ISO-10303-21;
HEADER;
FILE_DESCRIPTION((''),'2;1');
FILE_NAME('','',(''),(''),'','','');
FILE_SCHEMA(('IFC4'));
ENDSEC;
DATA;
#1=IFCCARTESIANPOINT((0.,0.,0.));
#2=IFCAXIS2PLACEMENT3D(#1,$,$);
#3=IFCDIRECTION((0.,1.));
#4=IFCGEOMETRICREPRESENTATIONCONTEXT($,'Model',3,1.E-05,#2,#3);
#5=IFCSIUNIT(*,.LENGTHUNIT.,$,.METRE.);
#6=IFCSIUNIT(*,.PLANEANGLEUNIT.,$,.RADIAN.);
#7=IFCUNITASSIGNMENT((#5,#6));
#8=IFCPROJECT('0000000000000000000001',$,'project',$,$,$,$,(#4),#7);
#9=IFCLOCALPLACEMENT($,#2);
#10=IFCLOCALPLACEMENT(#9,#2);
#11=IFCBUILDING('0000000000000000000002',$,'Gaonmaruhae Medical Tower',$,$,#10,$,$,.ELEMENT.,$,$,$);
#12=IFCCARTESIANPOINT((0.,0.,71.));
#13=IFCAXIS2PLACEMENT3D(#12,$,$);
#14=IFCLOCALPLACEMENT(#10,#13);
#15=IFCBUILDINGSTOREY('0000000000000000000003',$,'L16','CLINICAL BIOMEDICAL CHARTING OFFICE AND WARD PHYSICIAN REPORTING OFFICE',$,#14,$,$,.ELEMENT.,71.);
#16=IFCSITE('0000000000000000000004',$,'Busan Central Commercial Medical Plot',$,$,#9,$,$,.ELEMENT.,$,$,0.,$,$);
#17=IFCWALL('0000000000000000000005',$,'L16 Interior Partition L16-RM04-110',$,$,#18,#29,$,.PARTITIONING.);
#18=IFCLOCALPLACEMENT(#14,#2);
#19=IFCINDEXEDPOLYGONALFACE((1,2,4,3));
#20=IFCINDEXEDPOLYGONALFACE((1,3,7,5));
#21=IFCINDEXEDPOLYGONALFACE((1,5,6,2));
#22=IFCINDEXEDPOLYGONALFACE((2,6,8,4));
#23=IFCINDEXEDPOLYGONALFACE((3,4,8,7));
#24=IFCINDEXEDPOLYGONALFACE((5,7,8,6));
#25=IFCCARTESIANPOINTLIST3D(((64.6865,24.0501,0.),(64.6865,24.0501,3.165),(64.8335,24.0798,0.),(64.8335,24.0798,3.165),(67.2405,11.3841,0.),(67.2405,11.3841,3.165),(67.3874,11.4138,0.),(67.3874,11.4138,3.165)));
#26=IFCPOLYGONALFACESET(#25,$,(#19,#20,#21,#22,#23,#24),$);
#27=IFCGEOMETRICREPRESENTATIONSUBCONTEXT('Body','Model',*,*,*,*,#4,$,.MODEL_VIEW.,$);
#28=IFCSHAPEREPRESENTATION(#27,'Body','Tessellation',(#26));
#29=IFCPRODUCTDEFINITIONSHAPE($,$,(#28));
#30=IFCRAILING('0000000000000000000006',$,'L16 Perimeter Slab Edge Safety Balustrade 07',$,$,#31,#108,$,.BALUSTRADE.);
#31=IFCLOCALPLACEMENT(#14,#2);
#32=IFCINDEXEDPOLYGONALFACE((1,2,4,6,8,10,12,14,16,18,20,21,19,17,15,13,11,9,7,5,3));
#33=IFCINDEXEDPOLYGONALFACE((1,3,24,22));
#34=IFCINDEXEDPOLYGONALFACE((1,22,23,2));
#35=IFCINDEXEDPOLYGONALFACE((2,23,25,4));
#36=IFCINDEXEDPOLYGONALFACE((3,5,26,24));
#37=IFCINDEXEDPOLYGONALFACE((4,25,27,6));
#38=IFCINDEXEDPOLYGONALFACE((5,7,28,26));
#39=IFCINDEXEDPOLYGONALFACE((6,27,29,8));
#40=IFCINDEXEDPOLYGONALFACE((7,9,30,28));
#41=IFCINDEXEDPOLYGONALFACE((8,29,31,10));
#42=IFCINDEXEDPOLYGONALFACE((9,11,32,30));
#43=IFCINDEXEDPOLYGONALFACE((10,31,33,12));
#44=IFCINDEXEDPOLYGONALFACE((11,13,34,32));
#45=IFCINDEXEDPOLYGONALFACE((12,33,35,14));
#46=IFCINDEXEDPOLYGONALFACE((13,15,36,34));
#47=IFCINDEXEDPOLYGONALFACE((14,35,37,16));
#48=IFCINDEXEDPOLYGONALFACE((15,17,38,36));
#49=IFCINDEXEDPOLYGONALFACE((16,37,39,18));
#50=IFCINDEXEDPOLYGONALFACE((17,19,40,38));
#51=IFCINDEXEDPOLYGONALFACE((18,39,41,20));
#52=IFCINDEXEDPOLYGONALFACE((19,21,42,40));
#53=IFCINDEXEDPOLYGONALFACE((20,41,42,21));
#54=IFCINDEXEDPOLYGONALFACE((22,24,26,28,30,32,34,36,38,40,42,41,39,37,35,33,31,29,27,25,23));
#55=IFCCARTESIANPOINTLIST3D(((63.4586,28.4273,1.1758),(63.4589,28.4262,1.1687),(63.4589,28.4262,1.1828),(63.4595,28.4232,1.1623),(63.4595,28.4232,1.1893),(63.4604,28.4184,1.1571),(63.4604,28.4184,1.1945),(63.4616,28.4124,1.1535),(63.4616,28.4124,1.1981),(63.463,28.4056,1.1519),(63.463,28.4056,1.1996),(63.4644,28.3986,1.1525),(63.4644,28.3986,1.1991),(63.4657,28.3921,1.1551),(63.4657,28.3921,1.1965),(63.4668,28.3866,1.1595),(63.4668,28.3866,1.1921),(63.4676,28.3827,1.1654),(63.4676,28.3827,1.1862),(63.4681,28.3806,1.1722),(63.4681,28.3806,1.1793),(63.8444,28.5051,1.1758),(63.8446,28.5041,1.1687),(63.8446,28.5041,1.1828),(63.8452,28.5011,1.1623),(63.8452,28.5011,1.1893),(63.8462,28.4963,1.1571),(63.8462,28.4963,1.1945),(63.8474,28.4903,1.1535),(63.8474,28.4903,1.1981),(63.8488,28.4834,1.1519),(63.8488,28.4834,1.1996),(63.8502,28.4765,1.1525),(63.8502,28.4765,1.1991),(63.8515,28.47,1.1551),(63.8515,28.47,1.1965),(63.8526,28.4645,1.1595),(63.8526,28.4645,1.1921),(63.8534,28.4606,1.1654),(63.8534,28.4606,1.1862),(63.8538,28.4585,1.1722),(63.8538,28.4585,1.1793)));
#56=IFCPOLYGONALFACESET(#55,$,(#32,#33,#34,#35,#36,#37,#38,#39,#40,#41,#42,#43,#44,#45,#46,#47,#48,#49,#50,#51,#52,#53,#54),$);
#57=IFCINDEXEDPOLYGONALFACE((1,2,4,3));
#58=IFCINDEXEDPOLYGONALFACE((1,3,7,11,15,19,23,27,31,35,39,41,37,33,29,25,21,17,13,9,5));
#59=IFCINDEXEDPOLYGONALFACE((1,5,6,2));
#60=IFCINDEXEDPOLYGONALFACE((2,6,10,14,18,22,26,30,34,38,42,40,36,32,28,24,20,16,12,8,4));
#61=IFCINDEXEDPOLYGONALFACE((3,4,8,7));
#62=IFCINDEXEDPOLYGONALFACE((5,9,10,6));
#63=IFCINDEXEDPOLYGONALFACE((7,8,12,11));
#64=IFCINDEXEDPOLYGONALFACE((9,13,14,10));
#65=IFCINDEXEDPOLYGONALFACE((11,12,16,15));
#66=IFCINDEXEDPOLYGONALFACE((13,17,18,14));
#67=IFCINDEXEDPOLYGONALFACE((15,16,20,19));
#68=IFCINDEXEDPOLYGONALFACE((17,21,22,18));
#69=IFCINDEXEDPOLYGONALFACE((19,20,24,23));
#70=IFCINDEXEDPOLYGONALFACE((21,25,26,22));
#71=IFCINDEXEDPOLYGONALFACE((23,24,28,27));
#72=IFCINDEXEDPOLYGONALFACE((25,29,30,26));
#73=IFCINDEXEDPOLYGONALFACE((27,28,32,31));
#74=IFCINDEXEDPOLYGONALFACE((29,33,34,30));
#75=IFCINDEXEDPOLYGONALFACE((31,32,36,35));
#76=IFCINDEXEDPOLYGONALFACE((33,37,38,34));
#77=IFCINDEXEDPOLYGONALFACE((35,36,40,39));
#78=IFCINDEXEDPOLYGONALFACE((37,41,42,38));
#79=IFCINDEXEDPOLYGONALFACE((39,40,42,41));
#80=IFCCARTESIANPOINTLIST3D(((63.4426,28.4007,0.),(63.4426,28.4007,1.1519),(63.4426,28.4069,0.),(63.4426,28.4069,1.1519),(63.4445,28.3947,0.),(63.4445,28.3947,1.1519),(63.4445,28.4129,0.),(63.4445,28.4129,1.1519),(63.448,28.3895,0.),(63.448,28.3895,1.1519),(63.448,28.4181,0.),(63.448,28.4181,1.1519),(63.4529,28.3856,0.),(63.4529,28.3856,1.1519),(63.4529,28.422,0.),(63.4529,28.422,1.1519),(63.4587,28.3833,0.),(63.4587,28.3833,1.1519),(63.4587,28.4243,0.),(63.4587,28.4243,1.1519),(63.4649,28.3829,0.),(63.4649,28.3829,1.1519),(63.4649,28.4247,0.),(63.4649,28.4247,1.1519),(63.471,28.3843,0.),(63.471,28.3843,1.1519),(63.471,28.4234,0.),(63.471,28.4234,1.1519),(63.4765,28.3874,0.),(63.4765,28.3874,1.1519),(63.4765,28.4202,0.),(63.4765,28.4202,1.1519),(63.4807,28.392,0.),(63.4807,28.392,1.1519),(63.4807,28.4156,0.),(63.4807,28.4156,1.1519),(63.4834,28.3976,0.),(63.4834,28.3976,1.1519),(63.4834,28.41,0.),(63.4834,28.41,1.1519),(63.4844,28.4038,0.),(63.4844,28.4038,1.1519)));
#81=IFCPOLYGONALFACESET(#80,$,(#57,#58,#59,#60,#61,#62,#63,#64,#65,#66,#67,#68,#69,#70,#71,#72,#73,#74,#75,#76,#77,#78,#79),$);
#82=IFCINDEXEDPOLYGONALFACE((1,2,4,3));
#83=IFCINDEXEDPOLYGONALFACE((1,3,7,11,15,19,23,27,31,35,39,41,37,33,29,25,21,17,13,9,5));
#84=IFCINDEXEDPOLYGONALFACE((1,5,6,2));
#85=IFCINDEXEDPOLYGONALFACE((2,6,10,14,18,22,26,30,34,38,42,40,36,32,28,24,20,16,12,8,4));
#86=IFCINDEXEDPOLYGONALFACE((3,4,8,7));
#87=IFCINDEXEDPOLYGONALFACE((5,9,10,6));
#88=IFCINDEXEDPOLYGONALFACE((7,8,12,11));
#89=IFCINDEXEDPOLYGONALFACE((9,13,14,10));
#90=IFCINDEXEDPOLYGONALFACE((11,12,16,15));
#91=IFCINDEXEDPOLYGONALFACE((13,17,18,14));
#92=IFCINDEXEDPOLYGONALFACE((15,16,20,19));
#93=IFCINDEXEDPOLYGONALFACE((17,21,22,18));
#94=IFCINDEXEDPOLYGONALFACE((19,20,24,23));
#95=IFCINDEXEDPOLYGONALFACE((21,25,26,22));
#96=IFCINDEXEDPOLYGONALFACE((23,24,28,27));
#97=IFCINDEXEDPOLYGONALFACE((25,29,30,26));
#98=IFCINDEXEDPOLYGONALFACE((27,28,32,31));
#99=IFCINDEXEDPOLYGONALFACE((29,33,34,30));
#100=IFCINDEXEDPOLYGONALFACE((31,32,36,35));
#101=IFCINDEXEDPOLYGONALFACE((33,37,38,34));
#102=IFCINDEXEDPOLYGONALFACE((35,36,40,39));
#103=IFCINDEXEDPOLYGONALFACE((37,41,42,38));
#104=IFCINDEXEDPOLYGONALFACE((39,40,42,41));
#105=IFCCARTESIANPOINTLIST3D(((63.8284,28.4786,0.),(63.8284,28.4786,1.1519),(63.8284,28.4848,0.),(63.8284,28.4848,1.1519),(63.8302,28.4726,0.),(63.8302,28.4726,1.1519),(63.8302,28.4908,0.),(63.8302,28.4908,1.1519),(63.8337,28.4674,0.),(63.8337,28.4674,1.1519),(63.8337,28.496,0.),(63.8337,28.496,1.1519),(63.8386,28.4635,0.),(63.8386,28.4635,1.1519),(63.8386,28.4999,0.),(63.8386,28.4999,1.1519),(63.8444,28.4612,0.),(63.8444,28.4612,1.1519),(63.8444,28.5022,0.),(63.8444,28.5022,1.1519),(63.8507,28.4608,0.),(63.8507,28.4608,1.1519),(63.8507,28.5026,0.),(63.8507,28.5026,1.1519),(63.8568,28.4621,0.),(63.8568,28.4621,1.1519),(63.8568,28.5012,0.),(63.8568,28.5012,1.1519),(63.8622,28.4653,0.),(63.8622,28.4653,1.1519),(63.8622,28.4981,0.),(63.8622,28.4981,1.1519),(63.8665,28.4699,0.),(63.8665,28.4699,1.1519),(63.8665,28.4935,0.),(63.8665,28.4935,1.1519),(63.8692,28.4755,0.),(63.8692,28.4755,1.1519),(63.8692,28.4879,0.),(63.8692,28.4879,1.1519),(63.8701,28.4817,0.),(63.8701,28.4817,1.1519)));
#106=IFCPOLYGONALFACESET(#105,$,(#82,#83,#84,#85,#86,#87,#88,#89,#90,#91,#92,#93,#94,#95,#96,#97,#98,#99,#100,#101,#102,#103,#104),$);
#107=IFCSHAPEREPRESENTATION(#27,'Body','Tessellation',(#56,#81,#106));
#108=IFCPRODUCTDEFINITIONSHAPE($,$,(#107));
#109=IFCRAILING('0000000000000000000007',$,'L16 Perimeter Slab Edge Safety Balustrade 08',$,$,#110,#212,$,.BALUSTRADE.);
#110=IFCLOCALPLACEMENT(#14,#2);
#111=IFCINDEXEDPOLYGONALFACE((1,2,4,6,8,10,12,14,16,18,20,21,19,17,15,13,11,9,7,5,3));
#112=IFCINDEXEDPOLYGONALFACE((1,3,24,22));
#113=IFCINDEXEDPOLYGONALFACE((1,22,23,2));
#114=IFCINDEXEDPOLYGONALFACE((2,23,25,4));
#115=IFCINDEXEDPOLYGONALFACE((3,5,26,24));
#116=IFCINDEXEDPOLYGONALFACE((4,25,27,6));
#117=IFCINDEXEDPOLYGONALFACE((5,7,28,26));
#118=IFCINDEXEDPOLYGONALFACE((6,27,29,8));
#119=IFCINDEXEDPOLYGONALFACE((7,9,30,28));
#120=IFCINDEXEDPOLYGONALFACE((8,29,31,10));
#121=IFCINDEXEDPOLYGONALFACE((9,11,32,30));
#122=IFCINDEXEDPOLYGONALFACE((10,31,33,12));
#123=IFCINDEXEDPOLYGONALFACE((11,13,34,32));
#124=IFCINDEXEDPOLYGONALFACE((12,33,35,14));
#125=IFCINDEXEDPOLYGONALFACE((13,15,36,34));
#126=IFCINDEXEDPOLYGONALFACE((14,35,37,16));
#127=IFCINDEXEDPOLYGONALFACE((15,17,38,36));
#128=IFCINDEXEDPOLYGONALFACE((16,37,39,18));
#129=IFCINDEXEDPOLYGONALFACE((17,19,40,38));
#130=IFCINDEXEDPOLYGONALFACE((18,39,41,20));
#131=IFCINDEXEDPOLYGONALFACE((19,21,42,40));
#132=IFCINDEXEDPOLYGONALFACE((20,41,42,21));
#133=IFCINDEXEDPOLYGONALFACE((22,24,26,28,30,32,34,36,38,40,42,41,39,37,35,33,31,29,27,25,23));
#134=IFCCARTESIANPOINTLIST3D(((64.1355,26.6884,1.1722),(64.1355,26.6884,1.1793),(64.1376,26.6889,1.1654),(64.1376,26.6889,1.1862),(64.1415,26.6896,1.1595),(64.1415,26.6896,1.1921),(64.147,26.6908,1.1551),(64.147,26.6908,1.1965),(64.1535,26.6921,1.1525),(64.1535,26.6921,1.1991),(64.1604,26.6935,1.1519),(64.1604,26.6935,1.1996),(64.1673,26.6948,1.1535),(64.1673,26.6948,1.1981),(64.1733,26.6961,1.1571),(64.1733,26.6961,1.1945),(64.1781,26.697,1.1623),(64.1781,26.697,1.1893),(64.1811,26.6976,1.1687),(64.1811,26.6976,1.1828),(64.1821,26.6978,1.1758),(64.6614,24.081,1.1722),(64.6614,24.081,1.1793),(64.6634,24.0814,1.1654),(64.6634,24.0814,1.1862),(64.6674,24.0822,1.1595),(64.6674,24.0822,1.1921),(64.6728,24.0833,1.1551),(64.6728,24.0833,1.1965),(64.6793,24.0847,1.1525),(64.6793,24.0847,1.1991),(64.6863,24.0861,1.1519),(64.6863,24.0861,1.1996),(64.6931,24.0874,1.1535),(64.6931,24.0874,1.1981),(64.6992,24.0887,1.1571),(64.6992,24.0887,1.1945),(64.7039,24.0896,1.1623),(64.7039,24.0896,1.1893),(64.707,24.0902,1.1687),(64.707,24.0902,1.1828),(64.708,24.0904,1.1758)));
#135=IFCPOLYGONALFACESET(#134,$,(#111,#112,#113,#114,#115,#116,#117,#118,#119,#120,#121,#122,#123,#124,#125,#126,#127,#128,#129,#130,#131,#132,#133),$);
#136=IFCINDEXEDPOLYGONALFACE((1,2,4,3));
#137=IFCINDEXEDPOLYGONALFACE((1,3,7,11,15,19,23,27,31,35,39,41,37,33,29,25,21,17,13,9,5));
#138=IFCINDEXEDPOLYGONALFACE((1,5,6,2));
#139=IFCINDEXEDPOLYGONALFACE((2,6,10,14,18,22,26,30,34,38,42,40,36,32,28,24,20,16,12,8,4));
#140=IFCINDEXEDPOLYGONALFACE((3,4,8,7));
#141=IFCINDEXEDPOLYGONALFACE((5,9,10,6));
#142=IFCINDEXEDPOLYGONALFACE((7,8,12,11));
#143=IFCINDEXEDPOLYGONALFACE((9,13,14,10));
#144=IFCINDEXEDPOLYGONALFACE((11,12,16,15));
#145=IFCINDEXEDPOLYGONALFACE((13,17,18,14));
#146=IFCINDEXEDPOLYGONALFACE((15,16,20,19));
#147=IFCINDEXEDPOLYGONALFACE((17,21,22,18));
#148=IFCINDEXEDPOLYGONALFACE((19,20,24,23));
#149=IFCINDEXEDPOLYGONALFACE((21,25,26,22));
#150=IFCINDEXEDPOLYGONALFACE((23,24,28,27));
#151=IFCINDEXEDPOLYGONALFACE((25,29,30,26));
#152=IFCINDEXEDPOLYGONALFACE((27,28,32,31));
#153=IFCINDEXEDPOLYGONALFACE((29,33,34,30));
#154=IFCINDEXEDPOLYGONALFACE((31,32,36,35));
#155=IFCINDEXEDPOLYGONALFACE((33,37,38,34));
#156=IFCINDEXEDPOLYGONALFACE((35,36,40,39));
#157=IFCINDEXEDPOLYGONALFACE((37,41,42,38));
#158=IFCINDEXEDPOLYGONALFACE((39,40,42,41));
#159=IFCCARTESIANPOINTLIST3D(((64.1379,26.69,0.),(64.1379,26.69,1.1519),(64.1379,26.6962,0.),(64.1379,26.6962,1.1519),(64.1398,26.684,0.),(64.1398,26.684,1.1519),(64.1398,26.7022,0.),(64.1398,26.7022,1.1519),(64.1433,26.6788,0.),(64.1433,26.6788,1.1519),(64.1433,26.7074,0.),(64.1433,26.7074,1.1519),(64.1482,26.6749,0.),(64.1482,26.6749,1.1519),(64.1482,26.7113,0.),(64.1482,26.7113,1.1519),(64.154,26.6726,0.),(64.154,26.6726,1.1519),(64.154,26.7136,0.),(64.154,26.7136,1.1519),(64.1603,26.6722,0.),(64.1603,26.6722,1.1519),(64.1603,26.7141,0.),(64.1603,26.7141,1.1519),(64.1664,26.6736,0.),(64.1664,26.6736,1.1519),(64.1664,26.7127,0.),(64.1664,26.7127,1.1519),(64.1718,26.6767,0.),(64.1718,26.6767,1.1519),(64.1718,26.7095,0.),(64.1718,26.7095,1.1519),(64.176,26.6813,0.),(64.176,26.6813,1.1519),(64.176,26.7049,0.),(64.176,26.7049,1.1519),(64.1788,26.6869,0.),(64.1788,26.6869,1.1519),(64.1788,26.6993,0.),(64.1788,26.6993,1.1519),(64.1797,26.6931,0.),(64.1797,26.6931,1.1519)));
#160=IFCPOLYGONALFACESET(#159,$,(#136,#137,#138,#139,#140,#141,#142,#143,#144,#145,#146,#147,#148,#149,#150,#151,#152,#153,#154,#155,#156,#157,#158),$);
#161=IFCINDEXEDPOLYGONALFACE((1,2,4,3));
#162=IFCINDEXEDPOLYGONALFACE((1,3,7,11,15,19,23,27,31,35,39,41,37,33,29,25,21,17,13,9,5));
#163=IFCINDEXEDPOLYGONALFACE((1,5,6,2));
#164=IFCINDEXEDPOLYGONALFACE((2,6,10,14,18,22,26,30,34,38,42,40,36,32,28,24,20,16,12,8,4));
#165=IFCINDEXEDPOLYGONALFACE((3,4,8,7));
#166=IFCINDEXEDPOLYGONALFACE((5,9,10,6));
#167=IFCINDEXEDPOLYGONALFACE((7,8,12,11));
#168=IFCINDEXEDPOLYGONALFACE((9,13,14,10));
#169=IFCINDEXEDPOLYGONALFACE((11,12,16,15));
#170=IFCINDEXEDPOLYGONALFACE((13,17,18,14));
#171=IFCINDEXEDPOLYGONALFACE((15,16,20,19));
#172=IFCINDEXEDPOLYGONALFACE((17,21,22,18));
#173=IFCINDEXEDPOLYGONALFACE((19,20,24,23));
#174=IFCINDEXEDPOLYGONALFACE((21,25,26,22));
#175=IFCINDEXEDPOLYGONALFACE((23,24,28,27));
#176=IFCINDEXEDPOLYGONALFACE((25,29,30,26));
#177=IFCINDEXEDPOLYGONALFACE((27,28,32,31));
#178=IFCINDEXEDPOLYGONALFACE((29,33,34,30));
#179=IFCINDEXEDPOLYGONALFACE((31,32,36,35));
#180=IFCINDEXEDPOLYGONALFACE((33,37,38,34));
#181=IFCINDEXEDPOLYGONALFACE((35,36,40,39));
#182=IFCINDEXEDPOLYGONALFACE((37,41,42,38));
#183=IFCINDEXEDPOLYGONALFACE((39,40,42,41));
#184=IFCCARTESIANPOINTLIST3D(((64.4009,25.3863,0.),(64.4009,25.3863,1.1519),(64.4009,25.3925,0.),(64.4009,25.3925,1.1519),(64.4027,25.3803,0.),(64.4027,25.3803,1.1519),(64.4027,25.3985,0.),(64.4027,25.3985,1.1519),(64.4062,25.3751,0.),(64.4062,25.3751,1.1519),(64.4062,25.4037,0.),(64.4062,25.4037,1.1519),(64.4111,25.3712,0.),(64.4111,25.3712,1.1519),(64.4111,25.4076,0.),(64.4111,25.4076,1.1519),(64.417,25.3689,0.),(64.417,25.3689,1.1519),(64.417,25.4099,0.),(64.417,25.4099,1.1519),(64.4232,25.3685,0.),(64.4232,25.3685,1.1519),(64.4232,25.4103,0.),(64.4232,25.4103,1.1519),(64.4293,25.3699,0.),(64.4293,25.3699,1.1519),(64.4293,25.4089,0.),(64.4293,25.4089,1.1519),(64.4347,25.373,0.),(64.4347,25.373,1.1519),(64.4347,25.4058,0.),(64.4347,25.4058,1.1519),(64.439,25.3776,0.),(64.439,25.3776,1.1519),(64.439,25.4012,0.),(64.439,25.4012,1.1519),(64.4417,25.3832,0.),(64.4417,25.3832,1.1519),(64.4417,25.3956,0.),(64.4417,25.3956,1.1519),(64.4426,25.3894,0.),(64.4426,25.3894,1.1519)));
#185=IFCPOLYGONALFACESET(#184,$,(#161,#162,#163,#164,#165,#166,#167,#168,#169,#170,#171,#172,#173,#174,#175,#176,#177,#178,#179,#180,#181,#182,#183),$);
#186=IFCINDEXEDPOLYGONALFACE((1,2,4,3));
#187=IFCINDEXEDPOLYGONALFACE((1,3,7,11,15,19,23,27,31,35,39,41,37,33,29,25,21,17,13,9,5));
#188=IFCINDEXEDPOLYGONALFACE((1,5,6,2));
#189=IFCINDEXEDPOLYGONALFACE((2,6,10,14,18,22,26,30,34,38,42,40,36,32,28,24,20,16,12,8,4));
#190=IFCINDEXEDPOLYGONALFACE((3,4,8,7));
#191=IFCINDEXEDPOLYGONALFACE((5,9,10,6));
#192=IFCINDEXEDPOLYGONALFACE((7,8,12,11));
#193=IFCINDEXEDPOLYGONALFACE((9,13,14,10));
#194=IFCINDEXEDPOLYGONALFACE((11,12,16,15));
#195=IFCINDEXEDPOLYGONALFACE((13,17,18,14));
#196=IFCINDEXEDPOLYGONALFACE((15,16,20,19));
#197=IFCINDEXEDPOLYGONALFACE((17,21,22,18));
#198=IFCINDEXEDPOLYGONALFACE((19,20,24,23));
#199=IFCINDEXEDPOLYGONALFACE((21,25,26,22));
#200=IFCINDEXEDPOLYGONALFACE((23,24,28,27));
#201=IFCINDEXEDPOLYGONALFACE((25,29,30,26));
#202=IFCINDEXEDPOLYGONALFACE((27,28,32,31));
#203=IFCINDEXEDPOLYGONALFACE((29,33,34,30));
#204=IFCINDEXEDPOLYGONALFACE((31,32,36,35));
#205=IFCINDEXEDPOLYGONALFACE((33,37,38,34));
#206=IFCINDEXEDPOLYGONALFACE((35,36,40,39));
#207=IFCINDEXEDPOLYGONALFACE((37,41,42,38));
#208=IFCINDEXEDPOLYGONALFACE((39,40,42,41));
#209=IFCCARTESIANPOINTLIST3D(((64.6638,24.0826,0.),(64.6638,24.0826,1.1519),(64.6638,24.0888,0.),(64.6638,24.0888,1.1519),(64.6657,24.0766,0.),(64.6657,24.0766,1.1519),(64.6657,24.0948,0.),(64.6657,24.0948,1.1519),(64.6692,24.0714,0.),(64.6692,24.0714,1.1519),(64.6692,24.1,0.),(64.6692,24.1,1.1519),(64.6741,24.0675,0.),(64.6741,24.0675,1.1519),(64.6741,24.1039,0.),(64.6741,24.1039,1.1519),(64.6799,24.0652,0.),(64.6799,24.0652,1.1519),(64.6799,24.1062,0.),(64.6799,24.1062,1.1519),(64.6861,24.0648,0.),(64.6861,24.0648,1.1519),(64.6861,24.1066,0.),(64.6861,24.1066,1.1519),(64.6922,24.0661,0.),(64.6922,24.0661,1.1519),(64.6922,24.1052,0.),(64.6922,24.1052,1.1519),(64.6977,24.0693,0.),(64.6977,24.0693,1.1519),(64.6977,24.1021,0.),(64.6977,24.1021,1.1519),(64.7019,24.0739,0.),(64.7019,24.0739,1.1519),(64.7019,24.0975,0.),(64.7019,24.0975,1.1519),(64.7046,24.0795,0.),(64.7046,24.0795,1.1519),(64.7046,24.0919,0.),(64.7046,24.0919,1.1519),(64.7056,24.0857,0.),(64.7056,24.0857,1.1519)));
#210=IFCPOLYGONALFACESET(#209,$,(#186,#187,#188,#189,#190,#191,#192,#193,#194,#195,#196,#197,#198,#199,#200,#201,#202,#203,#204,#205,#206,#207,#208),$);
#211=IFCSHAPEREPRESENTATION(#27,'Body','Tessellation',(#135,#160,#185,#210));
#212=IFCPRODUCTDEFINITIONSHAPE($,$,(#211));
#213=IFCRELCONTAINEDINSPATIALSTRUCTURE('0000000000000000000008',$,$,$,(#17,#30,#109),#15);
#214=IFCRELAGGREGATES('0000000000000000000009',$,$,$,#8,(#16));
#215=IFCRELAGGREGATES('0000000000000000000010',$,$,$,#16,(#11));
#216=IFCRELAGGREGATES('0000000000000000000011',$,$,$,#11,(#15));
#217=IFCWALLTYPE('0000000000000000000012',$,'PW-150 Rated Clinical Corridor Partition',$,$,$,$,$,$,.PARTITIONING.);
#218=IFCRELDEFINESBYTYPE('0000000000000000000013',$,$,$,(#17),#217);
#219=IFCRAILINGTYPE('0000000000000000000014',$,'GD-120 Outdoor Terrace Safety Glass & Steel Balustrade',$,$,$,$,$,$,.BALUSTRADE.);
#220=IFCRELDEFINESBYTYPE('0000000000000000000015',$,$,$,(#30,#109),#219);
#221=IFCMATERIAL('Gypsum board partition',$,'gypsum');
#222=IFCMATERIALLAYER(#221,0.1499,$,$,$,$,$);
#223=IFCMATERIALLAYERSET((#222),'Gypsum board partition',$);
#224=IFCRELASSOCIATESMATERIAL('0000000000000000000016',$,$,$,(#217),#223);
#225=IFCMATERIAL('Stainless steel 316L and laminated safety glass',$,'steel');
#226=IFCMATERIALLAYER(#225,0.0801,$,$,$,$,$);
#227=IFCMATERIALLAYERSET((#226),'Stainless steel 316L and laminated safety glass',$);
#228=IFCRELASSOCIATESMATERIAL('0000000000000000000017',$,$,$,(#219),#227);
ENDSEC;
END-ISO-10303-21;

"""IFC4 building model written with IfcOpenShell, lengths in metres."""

from ifc_helpers import new_model, si_unit, direction, frame, frame_2d, origin, origin_2d, place, context, subcontext, project, spatial, rectangle, circle, extrude, material, layer, layer_set, type_object, element, save


model = new_model("IFC4")

# Units and contexts
model_context = context("Model", 3, precision=1e-05, world=origin(), true_north=direction((0.0, 1.0)))
body_context = subcontext(model_context, "Body", "Model", "MODEL_VIEW")
ifc_project = project(units=[si_unit("LENGTHUNIT", "METRE"), si_unit("PLANEANGLEUNIT", "RADIAN")], contexts=[model_context])

# Site, building, storey
site_placement = place(None, origin())
site = spatial("IfcSite", under=ifc_project, at=site_placement, Name="Busan Central Commercial Medical Plot", CompositionType="ELEMENT", RefElevation=0.0)
building_placement = place(site_placement, origin())
building = spatial("IfcBuilding", under=site, at=building_placement, Name="Gaonmaruhae Medical Tower", CompositionType="ELEMENT")
storey_placement = place(building_placement, frame((0.0, 0.0, 71.0)))
storey = spatial("IfcBuildingStorey", under=building, at=storey_placement, Name="L16", Description="CLINICAL BIOMEDICAL CHARTING OFFICE AND WARD PHYSICIAN REPORTING OFFICE", CompositionType="ELEMENT", Elevation=71.0)

# Shared definitions
ifc_material_1 = material(Name="Gypsum board partition", Category="gypsum")
ifc_layer_1 = layer(ifc_material_1, 0.1499)
ifc_layer_set_1 = layer_set([ifc_layer_1], Name="Gypsum board partition")
wall_type_1 = type_object("IfcWallType", Name="PW-150 Rated Clinical Corridor Partition", PredefinedType="PARTITIONING", material=ifc_layer_set_1)

# Wall
wall_1_placement = place(storey_placement, frame((64.76, 24.0649, 0.0), z_axis=(0.0, 0.0, 1.0), x_axis=(0.19766, -0.980271, 0.0)))
element("IfcWall", 1, at=wall_1_placement, inside=storey, type_object=wall_type_1, Name="L16 Interior Partition L16-RM04-110", PredefinedType="PARTITIONING", context=body_context, shape_type="SweptSolid", body=[
    extrude(rectangle(XDim=12.9209, YDim=0.1499, at=frame_2d((6.4604, 0.0))), origin(), (0.0, 0.0, 1.0), 3.165),
])

# Railings
ifc_material_2 = material(Name="Stainless steel 316L and laminated safety glass", Category="steel")
ifc_layer_2 = layer(ifc_material_2, 0.0801)
ifc_layer_set_2 = layer_set([ifc_layer_2], Name="Stainless steel 316L and laminated safety glass")
railing_type = type_object("IfcRailingType", Name="GD-120 Outdoor Terrace Safety Glass & Steel Balustrade", PredefinedType="BALUSTRADE", material=ifc_layer_set_2)
railing_1_placement = place(storey_placement, frame((63.4634, 28.4038, 0.0)))
element("IfcRailing", 2, at=railing_1_placement, inside=storey, type_object=railing_type, Name="L16 Perimeter Slab Edge Safety Balustrade 07", PredefinedType="BALUSTRADE", context=body_context, shape_type="SweptSolid", body=[
    extrude(circle(Radius=0.0239, at=origin_2d()), frame((0.0, 0.0, 1.1758), z_axis=(0.980221, 0.197905, 0.0), x_axis=(-0.197905, 0.980221, 0.0)), (0.0, 0.0, 1.0), 0.3936),
    extrude(circle(Radius=0.021, at=origin_2d()), origin(), (0.0, 0.0, 1.0), 1.1519),
    extrude(circle(Radius=0.021, at=origin_2d()), frame((0.3857, 0.0779, 0.0)), (0.0, 0.0, 1.0), 1.1519),
])
railing_2_placement = place(storey_placement, frame((64.1587, 26.6931, 0.0)))
element("IfcRailing", 3, at=railing_2_placement, inside=storey, type_object=railing_type, Name="L16 Perimeter Slab Edge Safety Balustrade 08", PredefinedType="BALUSTRADE", context=body_context, shape_type="SweptSolid", body=[
    extrude(circle(Radius=0.0239, at=origin_2d()), frame((0.0, 0.0, 1.1758), z_axis=(0.197704, -0.980262, 0.0), x_axis=(0.980262, 0.197704, 0.0)), (0.0, 0.0, 1.0), 2.6599),
    extrude(circle(Radius=0.021, at=origin_2d()), origin(), (0.0, 0.0, 1.0), 1.1519),
    extrude(circle(Radius=0.021, at=origin_2d()), frame((0.2629, -1.3037, 0.0)), (0.0, 0.0, 1.0), 1.1519),
    extrude(circle(Radius=0.021, at=origin_2d()), frame((0.5259, -2.6074, 0.0)), (0.0, 0.0, 1.0), 1.1519),
])

save(model, "model.ifc")
